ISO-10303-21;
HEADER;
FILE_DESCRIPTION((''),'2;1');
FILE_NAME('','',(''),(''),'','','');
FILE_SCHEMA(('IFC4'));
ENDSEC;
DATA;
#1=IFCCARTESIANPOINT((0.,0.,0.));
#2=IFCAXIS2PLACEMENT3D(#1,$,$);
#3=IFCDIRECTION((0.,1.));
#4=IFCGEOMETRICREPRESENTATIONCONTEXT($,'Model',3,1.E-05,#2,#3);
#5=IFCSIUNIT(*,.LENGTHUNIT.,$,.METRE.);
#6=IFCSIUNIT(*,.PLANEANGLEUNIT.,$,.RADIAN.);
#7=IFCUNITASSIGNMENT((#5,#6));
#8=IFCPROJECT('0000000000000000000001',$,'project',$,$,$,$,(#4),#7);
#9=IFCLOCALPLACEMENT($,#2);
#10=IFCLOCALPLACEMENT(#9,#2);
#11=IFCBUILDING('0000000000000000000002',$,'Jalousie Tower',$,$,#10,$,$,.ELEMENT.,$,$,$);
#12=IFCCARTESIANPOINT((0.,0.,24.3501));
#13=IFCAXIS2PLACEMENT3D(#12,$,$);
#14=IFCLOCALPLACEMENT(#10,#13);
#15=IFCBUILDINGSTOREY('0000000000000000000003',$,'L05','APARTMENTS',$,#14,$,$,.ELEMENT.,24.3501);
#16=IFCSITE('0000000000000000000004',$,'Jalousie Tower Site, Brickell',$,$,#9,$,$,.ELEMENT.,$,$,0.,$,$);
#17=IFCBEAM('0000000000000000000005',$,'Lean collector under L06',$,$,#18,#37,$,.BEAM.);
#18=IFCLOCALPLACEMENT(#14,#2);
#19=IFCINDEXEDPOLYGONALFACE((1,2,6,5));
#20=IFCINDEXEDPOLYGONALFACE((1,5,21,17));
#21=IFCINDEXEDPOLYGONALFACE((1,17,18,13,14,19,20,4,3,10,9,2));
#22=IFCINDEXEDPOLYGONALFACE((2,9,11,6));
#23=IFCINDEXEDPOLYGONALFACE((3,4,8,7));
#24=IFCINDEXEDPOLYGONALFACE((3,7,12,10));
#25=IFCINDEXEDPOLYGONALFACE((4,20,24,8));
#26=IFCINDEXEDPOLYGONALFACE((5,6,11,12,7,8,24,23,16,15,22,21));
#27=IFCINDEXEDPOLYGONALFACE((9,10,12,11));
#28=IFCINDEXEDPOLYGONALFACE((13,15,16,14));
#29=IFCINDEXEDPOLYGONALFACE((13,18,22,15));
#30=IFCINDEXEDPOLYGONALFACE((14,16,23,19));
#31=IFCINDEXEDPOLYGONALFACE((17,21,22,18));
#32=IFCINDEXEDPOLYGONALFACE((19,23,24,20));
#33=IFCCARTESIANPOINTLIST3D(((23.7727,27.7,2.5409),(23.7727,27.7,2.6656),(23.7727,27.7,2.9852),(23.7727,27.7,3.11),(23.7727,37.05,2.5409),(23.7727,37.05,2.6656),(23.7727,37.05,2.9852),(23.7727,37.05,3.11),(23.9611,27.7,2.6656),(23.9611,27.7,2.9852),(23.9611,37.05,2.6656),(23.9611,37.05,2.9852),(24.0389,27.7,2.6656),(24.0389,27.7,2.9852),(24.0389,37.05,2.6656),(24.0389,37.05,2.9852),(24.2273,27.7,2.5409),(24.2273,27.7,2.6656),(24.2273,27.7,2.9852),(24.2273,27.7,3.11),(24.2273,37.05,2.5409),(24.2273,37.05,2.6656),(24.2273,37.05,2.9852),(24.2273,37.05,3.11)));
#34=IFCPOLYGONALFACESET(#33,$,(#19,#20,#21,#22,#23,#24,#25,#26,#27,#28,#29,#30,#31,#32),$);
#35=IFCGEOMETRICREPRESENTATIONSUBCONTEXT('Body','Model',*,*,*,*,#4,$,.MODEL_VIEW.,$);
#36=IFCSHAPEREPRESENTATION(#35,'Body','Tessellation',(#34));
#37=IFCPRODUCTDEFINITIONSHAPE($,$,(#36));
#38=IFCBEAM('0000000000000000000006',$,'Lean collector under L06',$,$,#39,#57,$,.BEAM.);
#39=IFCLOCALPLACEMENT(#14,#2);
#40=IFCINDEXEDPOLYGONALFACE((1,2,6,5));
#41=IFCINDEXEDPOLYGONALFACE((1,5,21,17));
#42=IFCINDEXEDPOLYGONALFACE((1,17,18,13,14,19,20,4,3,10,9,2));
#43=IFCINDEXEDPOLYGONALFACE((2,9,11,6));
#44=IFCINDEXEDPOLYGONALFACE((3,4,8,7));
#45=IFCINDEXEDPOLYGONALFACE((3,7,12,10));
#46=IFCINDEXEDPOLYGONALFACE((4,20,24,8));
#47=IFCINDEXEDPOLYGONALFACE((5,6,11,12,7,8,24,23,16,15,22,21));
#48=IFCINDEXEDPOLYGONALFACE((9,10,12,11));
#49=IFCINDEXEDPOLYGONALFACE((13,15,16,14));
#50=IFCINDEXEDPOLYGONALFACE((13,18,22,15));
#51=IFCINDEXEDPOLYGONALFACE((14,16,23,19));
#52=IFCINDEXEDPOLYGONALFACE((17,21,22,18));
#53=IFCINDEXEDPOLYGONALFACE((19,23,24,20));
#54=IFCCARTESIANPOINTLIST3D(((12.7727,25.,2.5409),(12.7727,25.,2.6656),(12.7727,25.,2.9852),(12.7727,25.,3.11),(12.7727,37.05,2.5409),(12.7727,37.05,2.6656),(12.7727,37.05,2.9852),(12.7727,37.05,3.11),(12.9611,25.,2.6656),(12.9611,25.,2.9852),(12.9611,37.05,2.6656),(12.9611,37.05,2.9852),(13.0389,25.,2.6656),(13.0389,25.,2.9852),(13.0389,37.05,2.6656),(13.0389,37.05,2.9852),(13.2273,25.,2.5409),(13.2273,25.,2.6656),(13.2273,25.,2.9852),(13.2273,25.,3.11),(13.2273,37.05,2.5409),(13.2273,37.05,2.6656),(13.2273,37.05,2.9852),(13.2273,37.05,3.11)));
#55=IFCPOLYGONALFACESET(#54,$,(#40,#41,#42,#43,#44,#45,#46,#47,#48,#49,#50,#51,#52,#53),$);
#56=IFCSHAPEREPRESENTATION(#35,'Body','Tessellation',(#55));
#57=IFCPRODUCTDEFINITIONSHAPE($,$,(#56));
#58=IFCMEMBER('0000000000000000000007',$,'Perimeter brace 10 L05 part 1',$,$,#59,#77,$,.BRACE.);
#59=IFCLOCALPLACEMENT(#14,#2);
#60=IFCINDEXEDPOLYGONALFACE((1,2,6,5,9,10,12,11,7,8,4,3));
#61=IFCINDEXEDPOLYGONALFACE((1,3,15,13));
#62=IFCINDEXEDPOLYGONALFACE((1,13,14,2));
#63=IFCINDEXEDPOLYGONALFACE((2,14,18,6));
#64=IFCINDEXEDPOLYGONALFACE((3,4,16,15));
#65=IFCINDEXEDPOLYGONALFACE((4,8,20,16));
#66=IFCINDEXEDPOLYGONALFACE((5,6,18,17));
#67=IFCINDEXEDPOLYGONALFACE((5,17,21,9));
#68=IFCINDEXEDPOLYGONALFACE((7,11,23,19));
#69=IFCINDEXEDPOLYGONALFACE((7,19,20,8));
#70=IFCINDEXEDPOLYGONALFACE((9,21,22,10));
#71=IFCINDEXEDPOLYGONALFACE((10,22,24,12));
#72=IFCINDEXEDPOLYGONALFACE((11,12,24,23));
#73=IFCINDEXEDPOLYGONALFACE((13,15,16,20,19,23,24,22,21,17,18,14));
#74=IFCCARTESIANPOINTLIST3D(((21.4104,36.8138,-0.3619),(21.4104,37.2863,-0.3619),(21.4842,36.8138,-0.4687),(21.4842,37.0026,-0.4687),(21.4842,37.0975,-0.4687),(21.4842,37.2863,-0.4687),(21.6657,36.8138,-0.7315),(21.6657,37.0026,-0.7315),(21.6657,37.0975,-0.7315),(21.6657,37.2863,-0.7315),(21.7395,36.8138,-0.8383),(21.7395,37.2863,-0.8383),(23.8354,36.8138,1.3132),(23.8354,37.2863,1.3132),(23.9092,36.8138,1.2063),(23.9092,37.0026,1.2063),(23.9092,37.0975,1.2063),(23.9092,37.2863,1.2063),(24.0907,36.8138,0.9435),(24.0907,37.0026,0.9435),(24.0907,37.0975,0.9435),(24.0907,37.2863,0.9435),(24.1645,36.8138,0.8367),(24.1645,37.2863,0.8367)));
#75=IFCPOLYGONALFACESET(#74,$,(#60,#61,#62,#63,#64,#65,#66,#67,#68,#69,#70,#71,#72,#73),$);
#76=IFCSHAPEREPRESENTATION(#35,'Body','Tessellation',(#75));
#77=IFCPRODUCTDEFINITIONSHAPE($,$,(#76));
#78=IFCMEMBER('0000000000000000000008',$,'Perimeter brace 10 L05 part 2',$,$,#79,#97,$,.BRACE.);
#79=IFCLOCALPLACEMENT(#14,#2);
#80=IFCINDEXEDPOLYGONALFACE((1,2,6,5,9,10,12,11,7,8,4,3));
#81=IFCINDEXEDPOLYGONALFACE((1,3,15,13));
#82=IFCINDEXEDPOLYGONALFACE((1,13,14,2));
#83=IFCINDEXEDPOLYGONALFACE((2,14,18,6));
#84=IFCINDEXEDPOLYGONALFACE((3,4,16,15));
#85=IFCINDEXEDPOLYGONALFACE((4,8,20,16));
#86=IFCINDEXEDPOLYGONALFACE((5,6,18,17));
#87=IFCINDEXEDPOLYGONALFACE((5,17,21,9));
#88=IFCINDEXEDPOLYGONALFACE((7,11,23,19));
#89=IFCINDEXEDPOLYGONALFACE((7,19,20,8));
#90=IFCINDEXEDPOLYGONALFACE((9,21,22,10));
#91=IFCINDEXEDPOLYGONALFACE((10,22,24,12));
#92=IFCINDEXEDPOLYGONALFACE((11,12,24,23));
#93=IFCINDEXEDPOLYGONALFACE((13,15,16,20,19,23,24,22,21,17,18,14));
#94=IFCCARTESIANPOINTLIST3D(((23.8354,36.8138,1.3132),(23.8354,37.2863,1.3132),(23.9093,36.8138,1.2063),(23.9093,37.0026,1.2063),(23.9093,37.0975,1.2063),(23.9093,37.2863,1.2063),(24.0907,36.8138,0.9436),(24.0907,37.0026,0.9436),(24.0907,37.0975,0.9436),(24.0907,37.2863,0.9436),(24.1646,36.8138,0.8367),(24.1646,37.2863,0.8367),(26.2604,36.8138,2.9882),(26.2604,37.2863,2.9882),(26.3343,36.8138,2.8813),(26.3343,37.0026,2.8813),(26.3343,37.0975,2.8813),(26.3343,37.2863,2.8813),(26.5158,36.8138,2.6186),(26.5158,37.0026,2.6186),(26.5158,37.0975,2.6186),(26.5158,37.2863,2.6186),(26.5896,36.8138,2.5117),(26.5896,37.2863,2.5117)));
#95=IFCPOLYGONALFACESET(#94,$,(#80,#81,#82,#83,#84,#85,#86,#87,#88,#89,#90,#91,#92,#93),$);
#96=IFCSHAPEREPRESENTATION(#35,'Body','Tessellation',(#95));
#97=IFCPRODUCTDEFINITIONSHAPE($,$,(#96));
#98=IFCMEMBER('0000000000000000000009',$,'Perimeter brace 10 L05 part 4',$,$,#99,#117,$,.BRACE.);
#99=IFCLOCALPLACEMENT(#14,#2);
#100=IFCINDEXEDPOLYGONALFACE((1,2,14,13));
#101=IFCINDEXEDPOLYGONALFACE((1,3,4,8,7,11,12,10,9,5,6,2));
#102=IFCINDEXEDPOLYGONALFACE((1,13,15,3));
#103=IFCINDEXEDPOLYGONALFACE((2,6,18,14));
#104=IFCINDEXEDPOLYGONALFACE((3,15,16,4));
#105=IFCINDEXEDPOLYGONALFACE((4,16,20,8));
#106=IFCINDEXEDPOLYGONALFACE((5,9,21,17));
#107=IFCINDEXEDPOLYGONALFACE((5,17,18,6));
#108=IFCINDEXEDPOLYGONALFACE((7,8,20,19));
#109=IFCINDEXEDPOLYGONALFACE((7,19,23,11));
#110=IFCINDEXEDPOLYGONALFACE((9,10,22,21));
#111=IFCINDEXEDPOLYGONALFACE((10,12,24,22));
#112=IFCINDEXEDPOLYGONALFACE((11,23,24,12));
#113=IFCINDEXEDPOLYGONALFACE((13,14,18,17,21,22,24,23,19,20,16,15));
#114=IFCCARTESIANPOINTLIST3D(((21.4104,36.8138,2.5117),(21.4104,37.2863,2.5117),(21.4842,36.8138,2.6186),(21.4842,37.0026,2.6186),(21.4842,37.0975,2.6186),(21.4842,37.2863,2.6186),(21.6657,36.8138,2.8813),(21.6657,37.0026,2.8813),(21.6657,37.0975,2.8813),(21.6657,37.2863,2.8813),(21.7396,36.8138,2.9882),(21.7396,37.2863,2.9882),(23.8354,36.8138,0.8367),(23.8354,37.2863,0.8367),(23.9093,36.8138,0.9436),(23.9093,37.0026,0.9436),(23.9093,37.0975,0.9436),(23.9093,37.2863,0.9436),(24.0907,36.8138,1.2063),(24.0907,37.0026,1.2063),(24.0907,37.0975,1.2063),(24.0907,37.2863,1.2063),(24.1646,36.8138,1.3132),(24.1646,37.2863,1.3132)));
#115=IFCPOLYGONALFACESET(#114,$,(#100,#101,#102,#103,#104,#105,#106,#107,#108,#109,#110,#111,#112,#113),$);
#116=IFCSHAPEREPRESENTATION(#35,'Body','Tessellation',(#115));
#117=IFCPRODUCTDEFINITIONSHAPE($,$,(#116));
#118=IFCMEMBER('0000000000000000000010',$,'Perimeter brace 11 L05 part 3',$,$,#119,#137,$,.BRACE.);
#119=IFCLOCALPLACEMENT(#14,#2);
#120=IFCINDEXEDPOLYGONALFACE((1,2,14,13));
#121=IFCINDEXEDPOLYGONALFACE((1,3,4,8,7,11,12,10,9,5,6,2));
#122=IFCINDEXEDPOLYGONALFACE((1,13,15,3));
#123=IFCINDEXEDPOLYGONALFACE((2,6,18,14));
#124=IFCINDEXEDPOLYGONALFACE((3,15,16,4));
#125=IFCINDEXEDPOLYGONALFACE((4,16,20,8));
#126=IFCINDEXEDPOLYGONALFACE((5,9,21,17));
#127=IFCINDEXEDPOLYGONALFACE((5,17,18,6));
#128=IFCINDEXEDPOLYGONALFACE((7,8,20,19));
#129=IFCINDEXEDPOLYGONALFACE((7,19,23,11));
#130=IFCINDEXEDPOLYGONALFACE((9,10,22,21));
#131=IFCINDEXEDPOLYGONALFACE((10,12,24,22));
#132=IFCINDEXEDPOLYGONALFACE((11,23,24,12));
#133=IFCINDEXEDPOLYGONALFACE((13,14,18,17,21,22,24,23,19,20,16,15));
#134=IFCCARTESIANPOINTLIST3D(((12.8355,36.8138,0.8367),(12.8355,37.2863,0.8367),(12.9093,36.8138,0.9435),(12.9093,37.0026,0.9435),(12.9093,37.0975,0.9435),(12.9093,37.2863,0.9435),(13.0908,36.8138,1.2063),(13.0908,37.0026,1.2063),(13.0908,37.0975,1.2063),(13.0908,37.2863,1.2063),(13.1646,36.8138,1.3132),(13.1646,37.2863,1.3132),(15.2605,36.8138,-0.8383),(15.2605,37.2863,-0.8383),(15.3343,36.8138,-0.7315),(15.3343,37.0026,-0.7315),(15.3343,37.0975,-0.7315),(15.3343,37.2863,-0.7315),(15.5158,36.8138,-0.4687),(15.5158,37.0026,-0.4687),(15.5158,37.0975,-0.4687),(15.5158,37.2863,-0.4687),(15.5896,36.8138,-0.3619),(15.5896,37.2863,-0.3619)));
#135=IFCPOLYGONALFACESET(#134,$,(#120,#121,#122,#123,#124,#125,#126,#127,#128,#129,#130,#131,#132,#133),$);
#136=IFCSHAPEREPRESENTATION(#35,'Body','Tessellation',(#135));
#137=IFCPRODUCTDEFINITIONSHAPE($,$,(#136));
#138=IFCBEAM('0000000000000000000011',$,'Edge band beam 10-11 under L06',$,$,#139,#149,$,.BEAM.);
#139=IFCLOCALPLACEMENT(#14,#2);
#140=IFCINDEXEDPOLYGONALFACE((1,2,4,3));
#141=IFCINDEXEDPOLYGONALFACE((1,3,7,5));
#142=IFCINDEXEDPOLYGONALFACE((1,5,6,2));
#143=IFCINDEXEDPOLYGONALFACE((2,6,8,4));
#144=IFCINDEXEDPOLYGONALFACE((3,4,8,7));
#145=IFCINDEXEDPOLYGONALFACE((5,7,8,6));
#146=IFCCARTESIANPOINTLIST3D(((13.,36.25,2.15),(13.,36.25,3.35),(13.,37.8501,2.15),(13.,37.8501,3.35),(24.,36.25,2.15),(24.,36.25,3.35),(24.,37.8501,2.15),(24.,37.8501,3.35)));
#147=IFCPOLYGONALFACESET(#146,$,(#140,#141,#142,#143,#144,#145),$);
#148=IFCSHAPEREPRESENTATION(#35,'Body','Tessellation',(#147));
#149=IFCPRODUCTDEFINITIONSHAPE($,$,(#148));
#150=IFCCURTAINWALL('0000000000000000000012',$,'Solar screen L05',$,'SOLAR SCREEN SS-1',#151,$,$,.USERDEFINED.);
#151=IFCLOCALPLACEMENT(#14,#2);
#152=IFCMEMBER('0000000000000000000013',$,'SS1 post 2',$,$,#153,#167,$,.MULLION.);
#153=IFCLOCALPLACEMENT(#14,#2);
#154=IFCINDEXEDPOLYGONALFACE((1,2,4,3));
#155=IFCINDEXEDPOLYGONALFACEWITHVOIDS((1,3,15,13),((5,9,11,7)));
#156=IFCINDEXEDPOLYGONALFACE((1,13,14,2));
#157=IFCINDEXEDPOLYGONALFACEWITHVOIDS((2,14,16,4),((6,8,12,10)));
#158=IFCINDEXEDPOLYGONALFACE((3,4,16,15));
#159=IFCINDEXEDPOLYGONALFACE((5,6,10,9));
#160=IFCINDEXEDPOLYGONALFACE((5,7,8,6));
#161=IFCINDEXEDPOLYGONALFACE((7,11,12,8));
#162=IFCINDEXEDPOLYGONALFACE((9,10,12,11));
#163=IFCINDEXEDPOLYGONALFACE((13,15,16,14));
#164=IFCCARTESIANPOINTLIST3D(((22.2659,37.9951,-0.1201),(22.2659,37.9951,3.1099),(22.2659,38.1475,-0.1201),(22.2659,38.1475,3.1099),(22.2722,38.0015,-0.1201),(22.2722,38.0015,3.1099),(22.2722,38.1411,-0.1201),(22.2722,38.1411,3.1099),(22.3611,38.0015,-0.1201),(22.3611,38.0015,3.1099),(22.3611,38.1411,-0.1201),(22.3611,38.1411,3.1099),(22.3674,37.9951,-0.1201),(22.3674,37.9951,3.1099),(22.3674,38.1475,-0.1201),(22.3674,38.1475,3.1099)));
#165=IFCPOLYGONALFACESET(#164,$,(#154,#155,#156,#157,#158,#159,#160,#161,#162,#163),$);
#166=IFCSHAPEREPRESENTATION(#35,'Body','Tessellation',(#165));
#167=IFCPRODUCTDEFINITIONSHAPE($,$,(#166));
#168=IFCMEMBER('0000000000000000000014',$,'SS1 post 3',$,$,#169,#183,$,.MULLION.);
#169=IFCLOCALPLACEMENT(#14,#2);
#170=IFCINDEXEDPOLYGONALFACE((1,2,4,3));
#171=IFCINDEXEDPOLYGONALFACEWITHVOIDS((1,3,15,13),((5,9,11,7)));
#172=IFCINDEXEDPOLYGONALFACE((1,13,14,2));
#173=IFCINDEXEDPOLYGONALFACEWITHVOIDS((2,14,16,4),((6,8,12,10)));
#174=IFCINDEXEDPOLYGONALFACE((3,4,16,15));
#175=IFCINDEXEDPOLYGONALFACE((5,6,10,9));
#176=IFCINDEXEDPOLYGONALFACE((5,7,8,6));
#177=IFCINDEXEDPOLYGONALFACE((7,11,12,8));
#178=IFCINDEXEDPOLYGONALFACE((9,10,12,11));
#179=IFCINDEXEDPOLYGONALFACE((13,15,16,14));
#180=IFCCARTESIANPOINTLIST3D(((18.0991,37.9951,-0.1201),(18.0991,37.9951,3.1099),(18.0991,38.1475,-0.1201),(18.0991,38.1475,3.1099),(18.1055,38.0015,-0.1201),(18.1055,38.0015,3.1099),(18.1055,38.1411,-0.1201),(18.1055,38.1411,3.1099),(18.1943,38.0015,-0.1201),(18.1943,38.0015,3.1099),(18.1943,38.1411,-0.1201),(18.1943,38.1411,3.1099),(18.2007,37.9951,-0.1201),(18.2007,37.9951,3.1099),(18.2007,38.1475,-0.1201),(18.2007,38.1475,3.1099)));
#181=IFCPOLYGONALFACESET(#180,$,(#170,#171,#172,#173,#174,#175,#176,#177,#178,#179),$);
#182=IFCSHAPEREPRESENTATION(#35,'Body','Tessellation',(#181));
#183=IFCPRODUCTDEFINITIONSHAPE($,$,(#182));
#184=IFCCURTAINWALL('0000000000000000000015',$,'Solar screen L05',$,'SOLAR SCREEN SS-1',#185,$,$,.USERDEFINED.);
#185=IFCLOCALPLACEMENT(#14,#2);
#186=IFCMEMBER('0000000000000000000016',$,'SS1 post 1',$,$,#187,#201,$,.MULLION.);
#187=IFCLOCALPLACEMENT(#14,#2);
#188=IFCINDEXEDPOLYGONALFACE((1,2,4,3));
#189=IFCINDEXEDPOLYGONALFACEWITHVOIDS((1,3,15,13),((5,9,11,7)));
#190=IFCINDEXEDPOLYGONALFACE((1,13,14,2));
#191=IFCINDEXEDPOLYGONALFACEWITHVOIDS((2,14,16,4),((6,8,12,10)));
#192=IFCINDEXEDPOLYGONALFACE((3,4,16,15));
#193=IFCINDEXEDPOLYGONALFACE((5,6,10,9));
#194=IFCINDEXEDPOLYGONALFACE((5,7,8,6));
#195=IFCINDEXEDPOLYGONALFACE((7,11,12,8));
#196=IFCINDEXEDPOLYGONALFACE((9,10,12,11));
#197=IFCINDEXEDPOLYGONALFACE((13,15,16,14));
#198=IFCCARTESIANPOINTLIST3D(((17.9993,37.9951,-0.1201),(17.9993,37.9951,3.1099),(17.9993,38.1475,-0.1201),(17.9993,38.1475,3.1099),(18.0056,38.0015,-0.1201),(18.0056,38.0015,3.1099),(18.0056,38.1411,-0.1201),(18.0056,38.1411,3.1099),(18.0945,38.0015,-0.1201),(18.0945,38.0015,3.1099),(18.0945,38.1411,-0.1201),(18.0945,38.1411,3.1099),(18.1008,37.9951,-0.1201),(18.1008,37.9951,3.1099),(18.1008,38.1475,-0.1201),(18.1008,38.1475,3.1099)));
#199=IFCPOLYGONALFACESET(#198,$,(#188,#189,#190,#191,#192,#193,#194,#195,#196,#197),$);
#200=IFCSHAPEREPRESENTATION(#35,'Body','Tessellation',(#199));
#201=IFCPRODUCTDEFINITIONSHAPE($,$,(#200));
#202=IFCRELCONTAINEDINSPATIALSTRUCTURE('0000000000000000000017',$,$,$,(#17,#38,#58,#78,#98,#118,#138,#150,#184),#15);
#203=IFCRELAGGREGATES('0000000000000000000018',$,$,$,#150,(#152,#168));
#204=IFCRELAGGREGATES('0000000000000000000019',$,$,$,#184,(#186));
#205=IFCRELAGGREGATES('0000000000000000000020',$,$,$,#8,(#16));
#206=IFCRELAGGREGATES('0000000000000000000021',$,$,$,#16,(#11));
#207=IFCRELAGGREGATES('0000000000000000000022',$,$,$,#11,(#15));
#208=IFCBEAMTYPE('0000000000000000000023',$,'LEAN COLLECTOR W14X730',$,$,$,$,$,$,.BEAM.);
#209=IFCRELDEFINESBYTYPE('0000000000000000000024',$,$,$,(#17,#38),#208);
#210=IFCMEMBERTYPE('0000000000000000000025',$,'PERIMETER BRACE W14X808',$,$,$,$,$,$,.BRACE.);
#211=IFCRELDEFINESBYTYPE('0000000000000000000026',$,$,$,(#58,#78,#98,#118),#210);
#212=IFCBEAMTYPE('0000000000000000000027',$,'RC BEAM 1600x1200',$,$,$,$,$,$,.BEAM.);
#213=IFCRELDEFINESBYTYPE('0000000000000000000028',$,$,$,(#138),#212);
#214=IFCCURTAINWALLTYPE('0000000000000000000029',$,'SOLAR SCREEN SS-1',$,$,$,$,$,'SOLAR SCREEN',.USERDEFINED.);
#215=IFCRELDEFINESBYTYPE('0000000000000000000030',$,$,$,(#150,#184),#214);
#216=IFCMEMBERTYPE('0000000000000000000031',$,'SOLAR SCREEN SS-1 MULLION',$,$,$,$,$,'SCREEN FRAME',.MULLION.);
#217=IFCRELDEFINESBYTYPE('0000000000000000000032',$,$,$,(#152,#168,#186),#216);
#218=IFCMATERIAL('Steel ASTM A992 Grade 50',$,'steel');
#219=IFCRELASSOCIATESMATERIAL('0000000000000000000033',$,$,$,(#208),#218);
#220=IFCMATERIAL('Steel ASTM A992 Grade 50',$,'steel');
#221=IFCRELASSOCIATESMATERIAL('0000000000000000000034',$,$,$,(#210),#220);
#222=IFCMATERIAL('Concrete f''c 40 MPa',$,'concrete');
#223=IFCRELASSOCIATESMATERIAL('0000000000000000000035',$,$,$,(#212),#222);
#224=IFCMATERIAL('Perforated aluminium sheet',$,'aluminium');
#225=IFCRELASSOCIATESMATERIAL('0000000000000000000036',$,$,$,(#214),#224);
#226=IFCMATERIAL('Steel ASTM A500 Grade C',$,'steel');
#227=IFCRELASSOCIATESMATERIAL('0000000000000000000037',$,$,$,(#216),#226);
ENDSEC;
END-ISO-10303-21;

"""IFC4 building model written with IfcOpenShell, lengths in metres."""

from ifc_helpers import new_model, si_unit, direction, frame, origin, origin_2d, place, context, subcontext, project, spatial, rectangle, hollow_rectangle, i_section, extrude, material, material_profile, profile_set, type_object, element, aggregate, save


model = new_model("IFC4")

# Units and contexts
model_context = context("Model", 3, precision=1e-05, world=origin(), true_north=direction((0.0, 1.0)))
body_context = subcontext(model_context, "Body", "Model", "MODEL_VIEW")
ifc_project = project(units=[si_unit("LENGTHUNIT", "METRE"), si_unit("PLANEANGLEUNIT", "RADIAN")], contexts=[model_context])

# Site, building, storey
site_placement = place(None, origin())
site = spatial("IfcSite", under=ifc_project, at=site_placement, Name="Jalousie Tower Site, Brickell", CompositionType="ELEMENT", RefElevation=0.0)
building_placement = place(site_placement, origin())
building = spatial("IfcBuilding", under=site, at=building_placement, Name="Jalousie Tower", CompositionType="ELEMENT")
storey_placement = place(building_placement, frame((0.0, 0.0, 24.3501)))
storey = spatial("IfcBuildingStorey", under=building, at=storey_placement, Name="L05", Description="APARTMENTS", CompositionType="ELEMENT", Elevation=24.3501)

# Beams
ifc_material_1 = material(Name="Steel ASTM A992 Grade 50", Category="steel")
ifc_material_profile_1 = material_profile(ifc_material_1, i_section(OverallWidth=0.4546, OverallDepth=0.5691, WebThickness=0.0779, FlangeThickness=0.1248, at=origin_2d()), Name="W14X730")
ifc_profile_set_1 = profile_set([ifc_material_profile_1], Name="Steel ASTM A992 Grade 50")
beam_type_1 = type_object("IfcBeamType", Name="LEAN COLLECTOR W14X730", PredefinedType="BEAM", material=ifc_profile_set_1)
beam_1_placement = place(storey_placement, frame((24.0, 37.05, 2.8254), z_axis=(0.0, -1.0, 0.0), x_axis=(1.0, 0.0, 0.0)))
element("IfcBeam", 1, at=beam_1_placement, inside=storey, type_object=beam_type_1, Name="Lean collector under L06", PredefinedType="BEAM", context=body_context, shape_type="SweptSolid", body=[
    extrude(i_section(OverallWidth=0.4546, OverallDepth=0.5691, WebThickness=0.0779, FlangeThickness=0.1248, at=origin_2d()), origin(), (0.0, 0.0, 1.0), 9.3501),
])
beam_2_placement = place(storey_placement, frame((13.0, 37.05, 2.8254), z_axis=(0.0, -1.0, 0.0), x_axis=(1.0, 0.0, 0.0)))
element("IfcBeam", 2, at=beam_2_placement, inside=storey, type_object=beam_type_1, Name="Lean collector under L06", PredefinedType="BEAM", context=body_context, shape_type="SweptSolid", body=[
    extrude(i_section(OverallWidth=0.4546, OverallDepth=0.5691, WebThickness=0.0779, FlangeThickness=0.1248, at=origin_2d()), origin(), (0.0, 0.0, 1.0), 12.05),
])

# Members
ifc_material_2 = material(Name="Steel ASTM A992 Grade 50", Category="steel")
ifc_material_profile_2 = material_profile(ifc_material_2, i_section(OverallWidth=0.4724, OverallDepth=0.5791, WebThickness=0.095, FlangeThickness=0.1299, at=origin_2d()), Name="W14X808")
ifc_profile_set_2 = profile_set([ifc_material_profile_2], Name="Steel ASTM A992 Grade 50")
member_type_1 = type_object("IfcMemberType", Name="PERIMETER BRACE W14X808", PredefinedType="BRACE", material=ifc_profile_set_2)
for number, where, z_axis, x_axis, name in (
    (3, (21.575, 37.05, -0.6001), (0.8228, 0.0, 0.568331), (0.0, 1.0, 0.0), "Perimeter brace 10 L05 part 1"),
    (4, (24.0, 37.05, 1.075), (0.8228, 0.0, 0.568331), (0.0, 1.0, 0.0), "Perimeter brace 10 L05 part 2"),
    (5, (24.0, 37.05, 1.075), (-0.8228, 0.0, 0.568331), (0.0, -1.0, 0.0), "Perimeter brace 10 L05 part 4"),
    (6, (15.425, 37.05, -0.6001), (-0.8228, 0.0, 0.568331), (0.0, -1.0, 0.0), "Perimeter brace 11 L05 part 3"),
):
    element("IfcMember", number, at=place(storey_placement, frame(where, z_axis=z_axis, x_axis=x_axis)), inside=storey, type_object=member_type_1, Name=name, PredefinedType="BRACE", context=body_context, shape_type="SweptSolid", body=[
        extrude(i_section(OverallWidth=0.4724, OverallDepth=0.5791, WebThickness=0.095, FlangeThickness=0.1299, at=origin_2d()), origin(), (0.0, 0.0, 1.0), 2.9473),
    ])

# Beam
ifc_material_3 = material(Name="Concrete f'c 40 MPa", Category="concrete")
ifc_material_profile_3 = material_profile(ifc_material_3, rectangle(XDim=1.6001, YDim=1.2, at=origin_2d()), Name="RC 1600x1200")
ifc_profile_set_3 = profile_set([ifc_material_profile_3], Name="Concrete f'c 40 MPa")
beam_type_2 = type_object("IfcBeamType", Name="RC BEAM 1600x1200", PredefinedType="BEAM", material=ifc_profile_set_3)
beam_3_placement = place(storey_placement, frame((24.0, 37.05, 2.75), z_axis=(-1.0, 0.0, 0.0), x_axis=(0.0, -1.0, 0.0)))
element("IfcBeam", 7, at=beam_3_placement, inside=storey, type_object=beam_type_2, Name="Edge band beam 10-11 under L06", PredefinedType="BEAM", context=body_context, shape_type="SweptSolid", body=[
    extrude(rectangle(XDim=1.6001, YDim=1.2, at=origin_2d()), origin(), (0.0, 0.0, 1.0), 11.0),
])

# Curtain walls, members
ifc_material_4 = material(Name="Perforated aluminium sheet", Category="aluminium")
curtain_wall_type = type_object("IfcCurtainWallType", Name="SOLAR SCREEN SS-1", ElementType="SOLAR SCREEN", PredefinedType="USERDEFINED", material=ifc_material_4)
curtain_wall_1_placement = place(storey_placement, origin())
curtain_wall_1 = element("IfcCurtainWall", 8, at=curtain_wall_1_placement, inside=storey, type_object=curtain_wall_type, Name="Solar screen L05", ObjectType="SOLAR SCREEN SS-1", PredefinedType="USERDEFINED")
ifc_material_5 = material(Name="Steel ASTM A500 Grade C", Category="steel")
ifc_material_profile_4 = material_profile(ifc_material_5, hollow_rectangle(XDim=0.1016, YDim=0.1523, WallThickness=0.0063, at=origin_2d()), Name="HSS6X4X1/4")
ifc_profile_set_4 = profile_set([ifc_material_profile_4], Name="Steel ASTM A500 Grade C")
member_type_2 = type_object("IfcMemberType", Name="SOLAR SCREEN SS-1 MULLION", ElementType="SCREEN FRAME", PredefinedType="MULLION", material=ifc_profile_set_4)
member_1_placement = place(storey_placement, frame((22.3167, 38.0713, -0.1201), z_axis=(0.0, 0.0, 1.0), x_axis=(-1.0, 0.0, 0.0)))
member_1 = element("IfcMember", 9, at=member_1_placement, type_object=member_type_2, Name="SS1 post 2", PredefinedType="MULLION", context=body_context, shape_type="SweptSolid", body=[
    extrude(hollow_rectangle(XDim=0.1016, YDim=0.1523, WallThickness=0.0063, at=origin_2d()), origin(), (0.0, 0.0, 1.0), 3.23),
])
member_2_placement = place(storey_placement, frame((18.1499, 38.0713, -0.1201), z_axis=(0.0, 0.0, 1.0), x_axis=(-1.0, 0.0, 0.0)))
member_2 = element("IfcMember", 10, at=member_2_placement, type_object=member_type_2, Name="SS1 post 3", PredefinedType="MULLION", context=body_context, shape_type="SweptSolid", body=[
    extrude(hollow_rectangle(XDim=0.1016, YDim=0.1523, WallThickness=0.0063, at=origin_2d()), origin(), (0.0, 0.0, 1.0), 3.23),
])
curtain_wall_2_placement = place(storey_placement, origin())
curtain_wall_2 = element("IfcCurtainWall", 11, at=curtain_wall_2_placement, inside=storey, type_object=curtain_wall_type, Name="Solar screen L05", ObjectType="SOLAR SCREEN SS-1", PredefinedType="USERDEFINED")
member_3_placement = place(storey_placement, frame((18.05, 38.0713, -0.1201), z_axis=(0.0, 0.0, 1.0), x_axis=(-1.0, 0.0, 0.0)))
member_3 = element("IfcMember", 12, at=member_3_placement, type_object=member_type_2, Name="SS1 post 1", PredefinedType="MULLION", context=body_context, shape_type="SweptSolid", body=[
    extrude(hollow_rectangle(XDim=0.1016, YDim=0.1523, WallThickness=0.0063, at=origin_2d()), origin(), (0.0, 0.0, 1.0), 3.23),
])

aggregate(curtain_wall_1, [member_1, member_2])
aggregate(curtain_wall_2, [member_3])

save(model, "model.ifc")
